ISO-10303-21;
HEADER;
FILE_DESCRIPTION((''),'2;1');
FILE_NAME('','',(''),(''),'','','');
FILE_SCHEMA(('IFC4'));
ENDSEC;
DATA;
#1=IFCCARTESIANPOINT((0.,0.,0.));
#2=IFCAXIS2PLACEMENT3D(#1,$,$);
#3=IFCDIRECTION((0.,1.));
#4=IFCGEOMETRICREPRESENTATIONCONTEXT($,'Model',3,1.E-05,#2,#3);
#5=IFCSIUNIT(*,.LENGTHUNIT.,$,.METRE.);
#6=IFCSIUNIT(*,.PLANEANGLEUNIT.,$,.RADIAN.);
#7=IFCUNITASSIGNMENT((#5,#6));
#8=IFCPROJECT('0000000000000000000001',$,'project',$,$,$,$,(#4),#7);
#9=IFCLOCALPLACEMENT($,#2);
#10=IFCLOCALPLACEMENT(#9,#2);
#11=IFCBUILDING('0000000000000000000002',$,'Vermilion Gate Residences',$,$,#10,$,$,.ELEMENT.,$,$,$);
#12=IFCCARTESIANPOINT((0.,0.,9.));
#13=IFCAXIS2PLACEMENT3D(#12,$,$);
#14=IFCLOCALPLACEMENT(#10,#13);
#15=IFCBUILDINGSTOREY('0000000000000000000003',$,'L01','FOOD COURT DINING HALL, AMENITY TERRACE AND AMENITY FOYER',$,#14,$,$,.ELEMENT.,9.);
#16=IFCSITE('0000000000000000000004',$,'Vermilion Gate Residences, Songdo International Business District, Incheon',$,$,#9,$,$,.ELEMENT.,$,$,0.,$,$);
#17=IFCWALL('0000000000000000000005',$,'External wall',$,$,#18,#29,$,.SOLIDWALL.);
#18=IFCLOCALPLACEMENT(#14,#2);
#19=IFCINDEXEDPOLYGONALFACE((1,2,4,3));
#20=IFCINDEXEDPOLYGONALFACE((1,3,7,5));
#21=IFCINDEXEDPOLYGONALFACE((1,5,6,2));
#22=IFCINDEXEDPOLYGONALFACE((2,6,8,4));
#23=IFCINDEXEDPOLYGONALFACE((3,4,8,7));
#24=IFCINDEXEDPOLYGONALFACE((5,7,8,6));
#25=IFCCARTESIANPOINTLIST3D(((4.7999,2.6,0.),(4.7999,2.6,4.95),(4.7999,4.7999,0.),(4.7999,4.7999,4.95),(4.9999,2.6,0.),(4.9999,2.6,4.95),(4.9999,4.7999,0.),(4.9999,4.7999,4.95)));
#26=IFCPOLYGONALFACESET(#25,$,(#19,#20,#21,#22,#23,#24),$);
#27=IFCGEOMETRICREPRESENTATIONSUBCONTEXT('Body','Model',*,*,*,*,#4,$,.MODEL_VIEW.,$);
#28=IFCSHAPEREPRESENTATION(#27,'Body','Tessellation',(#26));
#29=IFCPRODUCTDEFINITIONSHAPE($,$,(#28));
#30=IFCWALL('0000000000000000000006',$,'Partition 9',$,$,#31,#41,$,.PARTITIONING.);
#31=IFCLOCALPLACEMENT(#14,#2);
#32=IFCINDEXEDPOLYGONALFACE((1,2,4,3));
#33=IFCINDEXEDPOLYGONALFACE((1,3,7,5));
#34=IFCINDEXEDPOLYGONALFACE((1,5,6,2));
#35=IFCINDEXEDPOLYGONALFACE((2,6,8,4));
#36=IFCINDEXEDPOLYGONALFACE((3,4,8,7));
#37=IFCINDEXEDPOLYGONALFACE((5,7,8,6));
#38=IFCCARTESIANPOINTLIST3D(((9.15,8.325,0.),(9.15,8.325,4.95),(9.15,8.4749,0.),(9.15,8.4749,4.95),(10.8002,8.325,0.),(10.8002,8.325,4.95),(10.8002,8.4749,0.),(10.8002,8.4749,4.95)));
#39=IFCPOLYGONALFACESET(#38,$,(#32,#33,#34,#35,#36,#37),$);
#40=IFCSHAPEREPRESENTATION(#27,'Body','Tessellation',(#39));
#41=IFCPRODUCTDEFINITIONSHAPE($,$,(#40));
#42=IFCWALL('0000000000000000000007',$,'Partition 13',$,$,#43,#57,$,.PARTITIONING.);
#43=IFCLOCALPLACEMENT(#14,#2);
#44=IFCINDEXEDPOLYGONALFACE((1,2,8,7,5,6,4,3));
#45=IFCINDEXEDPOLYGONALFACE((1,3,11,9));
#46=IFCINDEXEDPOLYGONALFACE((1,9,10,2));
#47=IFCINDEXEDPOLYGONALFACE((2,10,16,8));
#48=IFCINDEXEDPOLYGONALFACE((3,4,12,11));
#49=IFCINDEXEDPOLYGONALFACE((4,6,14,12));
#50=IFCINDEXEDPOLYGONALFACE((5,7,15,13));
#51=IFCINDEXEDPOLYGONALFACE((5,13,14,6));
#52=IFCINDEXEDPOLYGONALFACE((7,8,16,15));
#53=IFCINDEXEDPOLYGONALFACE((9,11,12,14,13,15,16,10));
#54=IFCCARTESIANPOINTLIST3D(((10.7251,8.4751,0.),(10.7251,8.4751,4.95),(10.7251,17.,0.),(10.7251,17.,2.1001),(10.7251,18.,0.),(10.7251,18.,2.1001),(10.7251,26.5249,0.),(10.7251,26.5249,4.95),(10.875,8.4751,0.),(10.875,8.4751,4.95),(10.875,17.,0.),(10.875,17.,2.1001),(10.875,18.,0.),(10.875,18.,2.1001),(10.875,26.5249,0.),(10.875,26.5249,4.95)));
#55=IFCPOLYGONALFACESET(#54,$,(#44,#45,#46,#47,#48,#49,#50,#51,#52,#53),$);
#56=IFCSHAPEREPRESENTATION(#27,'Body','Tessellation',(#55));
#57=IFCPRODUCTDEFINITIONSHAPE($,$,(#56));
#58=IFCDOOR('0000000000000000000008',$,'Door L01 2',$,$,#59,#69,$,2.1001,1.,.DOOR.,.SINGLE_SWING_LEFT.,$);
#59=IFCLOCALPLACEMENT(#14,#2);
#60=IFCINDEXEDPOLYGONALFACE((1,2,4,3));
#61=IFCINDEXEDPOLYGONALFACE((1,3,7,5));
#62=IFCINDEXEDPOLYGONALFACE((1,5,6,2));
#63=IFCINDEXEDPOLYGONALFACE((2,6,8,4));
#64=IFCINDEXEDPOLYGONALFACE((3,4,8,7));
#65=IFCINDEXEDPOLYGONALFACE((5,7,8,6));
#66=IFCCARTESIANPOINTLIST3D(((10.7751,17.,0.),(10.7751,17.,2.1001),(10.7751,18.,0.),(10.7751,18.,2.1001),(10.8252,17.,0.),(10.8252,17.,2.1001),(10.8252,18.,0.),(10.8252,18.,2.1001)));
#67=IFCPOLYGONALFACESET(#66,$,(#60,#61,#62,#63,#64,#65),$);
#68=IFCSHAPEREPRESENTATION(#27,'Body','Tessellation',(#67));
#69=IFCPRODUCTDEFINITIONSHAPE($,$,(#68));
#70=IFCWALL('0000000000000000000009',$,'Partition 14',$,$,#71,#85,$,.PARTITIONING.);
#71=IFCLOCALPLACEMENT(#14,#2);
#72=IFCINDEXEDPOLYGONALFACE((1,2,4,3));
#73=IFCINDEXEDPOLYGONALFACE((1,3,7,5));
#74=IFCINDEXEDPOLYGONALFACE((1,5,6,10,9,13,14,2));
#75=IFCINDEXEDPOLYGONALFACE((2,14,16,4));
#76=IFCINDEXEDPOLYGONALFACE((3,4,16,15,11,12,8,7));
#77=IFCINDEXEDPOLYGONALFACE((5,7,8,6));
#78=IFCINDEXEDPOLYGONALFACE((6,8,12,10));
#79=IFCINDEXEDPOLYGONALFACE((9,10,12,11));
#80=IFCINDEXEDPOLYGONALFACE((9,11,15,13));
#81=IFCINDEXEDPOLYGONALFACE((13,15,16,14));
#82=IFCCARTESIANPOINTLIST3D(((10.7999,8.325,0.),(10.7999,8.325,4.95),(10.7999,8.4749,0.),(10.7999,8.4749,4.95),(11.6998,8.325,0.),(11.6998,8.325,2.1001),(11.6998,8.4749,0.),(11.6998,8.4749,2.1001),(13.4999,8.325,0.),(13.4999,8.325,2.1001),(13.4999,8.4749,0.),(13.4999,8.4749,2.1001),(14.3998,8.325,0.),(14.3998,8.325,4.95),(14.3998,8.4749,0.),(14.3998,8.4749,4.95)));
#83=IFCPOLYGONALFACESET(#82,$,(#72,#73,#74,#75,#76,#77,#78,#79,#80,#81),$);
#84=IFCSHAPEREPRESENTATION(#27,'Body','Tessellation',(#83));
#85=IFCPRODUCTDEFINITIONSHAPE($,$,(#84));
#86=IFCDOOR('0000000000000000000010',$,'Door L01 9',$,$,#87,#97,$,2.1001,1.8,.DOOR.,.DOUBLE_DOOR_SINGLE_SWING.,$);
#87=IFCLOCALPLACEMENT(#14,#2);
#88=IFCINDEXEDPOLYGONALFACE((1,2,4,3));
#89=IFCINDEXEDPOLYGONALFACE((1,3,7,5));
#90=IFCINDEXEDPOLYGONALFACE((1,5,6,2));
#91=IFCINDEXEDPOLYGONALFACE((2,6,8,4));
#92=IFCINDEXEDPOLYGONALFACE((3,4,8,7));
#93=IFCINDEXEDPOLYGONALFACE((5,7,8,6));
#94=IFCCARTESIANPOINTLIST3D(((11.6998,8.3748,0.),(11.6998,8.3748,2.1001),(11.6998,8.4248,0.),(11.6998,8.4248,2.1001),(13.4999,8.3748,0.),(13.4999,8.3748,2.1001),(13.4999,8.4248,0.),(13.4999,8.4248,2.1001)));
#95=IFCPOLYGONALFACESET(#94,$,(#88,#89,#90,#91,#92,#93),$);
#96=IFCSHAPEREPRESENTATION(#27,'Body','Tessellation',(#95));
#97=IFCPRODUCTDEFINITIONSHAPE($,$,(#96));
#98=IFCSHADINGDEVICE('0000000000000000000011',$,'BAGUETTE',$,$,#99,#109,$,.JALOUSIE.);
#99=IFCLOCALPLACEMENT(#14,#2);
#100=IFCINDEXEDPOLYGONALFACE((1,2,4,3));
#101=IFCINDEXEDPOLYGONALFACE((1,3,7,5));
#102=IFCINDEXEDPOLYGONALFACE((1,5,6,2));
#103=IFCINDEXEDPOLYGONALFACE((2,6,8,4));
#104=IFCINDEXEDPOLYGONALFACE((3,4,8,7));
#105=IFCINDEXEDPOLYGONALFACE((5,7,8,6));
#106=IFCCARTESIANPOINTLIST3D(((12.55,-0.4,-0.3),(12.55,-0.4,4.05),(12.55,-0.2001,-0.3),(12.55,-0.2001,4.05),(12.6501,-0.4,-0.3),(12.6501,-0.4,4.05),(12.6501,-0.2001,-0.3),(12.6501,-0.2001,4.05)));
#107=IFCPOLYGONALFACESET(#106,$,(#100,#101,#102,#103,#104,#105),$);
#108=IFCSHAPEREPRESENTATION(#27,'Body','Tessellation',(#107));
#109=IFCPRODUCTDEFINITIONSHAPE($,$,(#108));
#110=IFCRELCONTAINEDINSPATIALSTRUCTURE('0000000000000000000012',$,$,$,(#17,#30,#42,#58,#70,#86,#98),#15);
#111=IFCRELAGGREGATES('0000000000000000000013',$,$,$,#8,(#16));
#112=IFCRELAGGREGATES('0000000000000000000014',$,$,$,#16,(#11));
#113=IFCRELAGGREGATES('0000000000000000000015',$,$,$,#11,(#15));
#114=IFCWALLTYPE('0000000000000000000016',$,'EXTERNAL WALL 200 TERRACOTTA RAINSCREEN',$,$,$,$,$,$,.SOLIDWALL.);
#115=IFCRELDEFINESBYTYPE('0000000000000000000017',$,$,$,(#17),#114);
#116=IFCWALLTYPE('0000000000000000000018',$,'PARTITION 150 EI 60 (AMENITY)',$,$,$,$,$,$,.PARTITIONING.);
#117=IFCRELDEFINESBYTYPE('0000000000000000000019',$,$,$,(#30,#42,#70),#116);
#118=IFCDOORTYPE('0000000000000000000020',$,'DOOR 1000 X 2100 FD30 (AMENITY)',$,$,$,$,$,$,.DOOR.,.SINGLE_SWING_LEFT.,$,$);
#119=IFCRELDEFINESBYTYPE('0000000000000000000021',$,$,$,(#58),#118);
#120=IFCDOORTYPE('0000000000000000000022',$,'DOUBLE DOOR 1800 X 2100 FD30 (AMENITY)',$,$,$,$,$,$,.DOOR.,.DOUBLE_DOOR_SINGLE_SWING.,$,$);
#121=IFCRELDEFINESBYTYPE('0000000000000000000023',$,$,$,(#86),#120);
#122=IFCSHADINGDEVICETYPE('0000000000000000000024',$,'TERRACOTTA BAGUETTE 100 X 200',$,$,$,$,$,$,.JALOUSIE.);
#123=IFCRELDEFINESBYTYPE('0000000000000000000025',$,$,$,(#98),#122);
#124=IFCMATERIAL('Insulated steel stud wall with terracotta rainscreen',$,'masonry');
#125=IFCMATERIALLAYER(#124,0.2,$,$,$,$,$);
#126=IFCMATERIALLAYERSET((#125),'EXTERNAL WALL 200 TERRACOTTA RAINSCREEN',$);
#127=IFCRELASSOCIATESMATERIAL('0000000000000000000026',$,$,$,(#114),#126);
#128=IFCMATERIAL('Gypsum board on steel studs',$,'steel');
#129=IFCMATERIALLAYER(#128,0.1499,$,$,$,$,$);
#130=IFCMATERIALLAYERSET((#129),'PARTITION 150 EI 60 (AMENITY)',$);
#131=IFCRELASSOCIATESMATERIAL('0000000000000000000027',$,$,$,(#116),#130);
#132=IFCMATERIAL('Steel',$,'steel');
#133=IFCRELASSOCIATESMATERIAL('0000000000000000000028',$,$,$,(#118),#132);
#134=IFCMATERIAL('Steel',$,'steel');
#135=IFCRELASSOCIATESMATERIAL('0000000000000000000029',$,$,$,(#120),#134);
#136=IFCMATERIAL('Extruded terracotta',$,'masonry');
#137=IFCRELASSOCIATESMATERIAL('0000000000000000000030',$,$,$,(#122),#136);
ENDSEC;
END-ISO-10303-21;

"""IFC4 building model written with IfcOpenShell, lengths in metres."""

from ifc_helpers import new_model, si_unit, direction, frame, frame_2d, origin, origin_2d, place, context, subcontext, project, spatial, rectangle, extrude, material, layer, layer_set, material_profile, profile_set, type_object, element, fill, save


model = new_model("IFC4")

# Units and contexts
model_context = context("Model", 3, precision=1e-05, world=origin(), true_north=direction((0.0, 1.0)))
body_context = subcontext(model_context, "Body", "Model", "MODEL_VIEW")
ifc_project = project(units=[si_unit("LENGTHUNIT", "METRE"), si_unit("PLANEANGLEUNIT", "RADIAN")], contexts=[model_context])

# Site, building, storey
site_placement = place(None, origin())
site = spatial("IfcSite", under=ifc_project, at=site_placement, Name="Vermilion Gate Residences, Songdo International Business District, Incheon", CompositionType="ELEMENT", RefElevation=0.0)
building_placement = place(site_placement, origin())
building = spatial("IfcBuilding", under=site, at=building_placement, Name="Vermilion Gate Residences", CompositionType="ELEMENT")
storey_placement = place(building_placement, frame((0.0, 0.0, 9.0)))
storey = spatial("IfcBuildingStorey", under=building, at=storey_placement, Name="L01", Description="FOOD COURT DINING HALL, AMENITY TERRACE AND AMENITY FOYER", CompositionType="ELEMENT", Elevation=9.0)

# Walls
ifc_material_1 = material(Name="Insulated steel stud wall with terracotta rainscreen", Category="masonry")
ifc_layer_1 = layer(ifc_material_1, 0.2)
ifc_layer_set_1 = layer_set([ifc_layer_1], Name="EXTERNAL WALL 200 TERRACOTTA RAINSCREEN")
wall_type_1 = type_object("IfcWallType", Name="EXTERNAL WALL 200 TERRACOTTA RAINSCREEN", PredefinedType="SOLIDWALL", material=ifc_layer_set_1)
wall_1_placement = place(storey_placement, frame((4.8999, 4.8, 0.0), z_axis=(0.0, 0.0, 1.0), x_axis=(0.0, -1.0, 0.0)))
element("IfcWall", 1, at=wall_1_placement, inside=storey, type_object=wall_type_1, Name="External wall", PredefinedType="SOLIDWALL", context=body_context, shape_type="SweptSolid", body=[
    extrude(rectangle(XDim=2.2, YDim=0.2, at=frame_2d((1.1001, 0.0))), origin(), (0.0, 0.0, 1.0), 4.95),
])
ifc_material_2 = material(Name="Gypsum board on steel studs", Category="steel")
ifc_layer_2 = layer(ifc_material_2, 0.1499)
ifc_layer_set_2 = layer_set([ifc_layer_2], Name="PARTITION 150 EI 60 (AMENITY)")
wall_type_2 = type_object("IfcWallType", Name="PARTITION 150 EI 60 (AMENITY)", PredefinedType="PARTITIONING", material=ifc_layer_set_2)
wall_2_placement = place(storey_placement, frame((9.1499, 8.3999, 0.0), z_axis=(0.0, 0.0, 1.0), x_axis=(1.0, 0.0, 0.0)))
element("IfcWall", 2, at=wall_2_placement, inside=storey, type_object=wall_type_2, Name="Partition 9", PredefinedType="PARTITIONING", context=body_context, shape_type="SweptSolid", body=[
    extrude(rectangle(XDim=1.6501, YDim=0.1499, at=frame_2d((0.8252, 0.0))), origin(), (0.0, 0.0, 1.0), 4.95),
])

# Walls, openings, doors
wall_3_placement = place(storey_placement, frame((10.8, 8.4751, 0.0), z_axis=(0.0, 0.0, 1.0), x_axis=(0.0, 1.0, 0.0)))
wall_3 = element("IfcWall", 3, at=wall_3_placement, inside=storey, type_object=wall_type_2, Name="Partition 13", PredefinedType="PARTITIONING", context=body_context, shape_type="SweptSolid", body=[
    extrude(rectangle(XDim=18.0498, YDim=0.1499, at=frame_2d((9.0249, 0.0))), origin(), (0.0, 0.0, 1.0), 4.95),
])
opening_1_placement = place(wall_3_placement, frame((8.5249, 0.0, 0.0)))
opening_1 = element("IfcOpeningElement", 4, at=opening_1_placement, cuts=wall_3, PredefinedType="OPENING", context=body_context, shape_type="SweptSolid", body=[
    extrude(rectangle(XDim=1.0, YDim=2.1001, at=frame_2d((0.5, 1.05))), frame((0.0, 0.085, 0.0), z_axis=(0.0, -1.0, 0.0), x_axis=(1.0, 0.0, 0.0)), (0.0, 0.0, 1.0), 0.1699),
])
ifc_material_3 = material(Name="Steel", Category="steel")
door_type_1 = type_object("IfcDoorType", Name="DOOR 1000 X 2100 FD30 (AMENITY)", OperationType="SINGLE_SWING_LEFT", PredefinedType="DOOR", material=ifc_material_3)
door_1_placement = place(opening_1_placement, origin())
door_1 = element("IfcDoor", 5, at=door_1_placement, inside=storey, type_object=door_type_1, Name="Door L01 2", OperationType="SINGLE_SWING_LEFT", OverallHeight=2.1001, OverallWidth=1.0, PredefinedType="DOOR", context=body_context, shape_type="SweptSolid", body=[
    extrude(rectangle(XDim=1.0, YDim=2.1001, at=frame_2d((0.5, 1.05))), frame((0.0, 0.0249, 0.0), z_axis=(0.0, -1.0, 0.0), x_axis=(1.0, 0.0, 0.0)), (0.0, 0.0, 1.0), 0.05),
])
fill(opening_1, door_1)
wall_4_placement = place(storey_placement, frame((10.8, 8.3999, 0.0), z_axis=(0.0, 0.0, 1.0), x_axis=(1.0, 0.0, 0.0)))
wall_4 = element("IfcWall", 6, at=wall_4_placement, inside=storey, type_object=wall_type_2, Name="Partition 14", PredefinedType="PARTITIONING", context=body_context, shape_type="SweptSolid", body=[
    extrude(rectangle(XDim=3.5999, YDim=0.1499, at=frame_2d((1.7998, 0.0))), origin(), (0.0, 0.0, 1.0), 4.95),
])
opening_2_placement = place(wall_4_placement, frame((0.8999, 0.0, 0.0)))
opening_2 = element("IfcOpeningElement", 7, at=opening_2_placement, cuts=wall_4, PredefinedType="OPENING", context=body_context, shape_type="SweptSolid", body=[
    extrude(rectangle(XDim=1.8, YDim=2.1001, at=frame_2d((0.8999, 1.05))), frame((0.0, 0.085, 0.0), z_axis=(0.0, -1.0, 0.0), x_axis=(1.0, 0.0, 0.0)), (0.0, 0.0, 1.0), 0.1699),
])
ifc_material_4 = material(Name="Steel", Category="steel")
door_type_2 = type_object("IfcDoorType", Name="DOUBLE DOOR 1800 X 2100 FD30 (AMENITY)", OperationType="DOUBLE_DOOR_SINGLE_SWING", PredefinedType="DOOR", material=ifc_material_4)
door_2_placement = place(opening_2_placement, origin())
door_2 = element("IfcDoor", 8, at=door_2_placement, inside=storey, type_object=door_type_2, Name="Door L01 9", OperationType="DOUBLE_DOOR_SINGLE_SWING", OverallHeight=2.1001, OverallWidth=1.8, PredefinedType="DOOR", context=body_context, shape_type="SweptSolid", body=[
    extrude(rectangle(XDim=1.8, YDim=2.1001, at=frame_2d((0.8999, 1.05))), frame((0.0, 0.0249, 0.0), z_axis=(0.0, -1.0, 0.0), x_axis=(1.0, 0.0, 0.0)), (0.0, 0.0, 1.0), 0.05),
])
fill(opening_2, door_2)

# Shading device
ifc_material_5 = material(Name="Extruded terracotta", Category="masonry")
ifc_material_profile_1 = material_profile(ifc_material_5, rectangle(XDim=0.2, YDim=0.1001, at=origin_2d()), Name="BAGUETTE 100 X 200")
ifc_profile_set_1 = profile_set([ifc_material_profile_1], Name="Extruded terracotta")
shading_device_type = type_object("IfcShadingDeviceType", Name="TERRACOTTA BAGUETTE 100 X 200", PredefinedType="JALOUSIE", material=ifc_profile_set_1)
shading_device_placement = place(storey_placement, frame((12.6001, -0.3, -0.3), z_axis=(0.0, 0.0, 1.0), x_axis=(0.0, 1.0, 0.0)))
element("IfcShadingDevice", 9, at=shading_device_placement, inside=storey, type_object=shading_device_type, Name="BAGUETTE", PredefinedType="JALOUSIE", context=body_context, shape_type="SweptSolid", body=[
    extrude(rectangle(XDim=0.2, YDim=0.1001, at=origin_2d()), origin(), (0.0, 0.0, 1.0), 4.3501),
])

save(model, "model.ifc")
